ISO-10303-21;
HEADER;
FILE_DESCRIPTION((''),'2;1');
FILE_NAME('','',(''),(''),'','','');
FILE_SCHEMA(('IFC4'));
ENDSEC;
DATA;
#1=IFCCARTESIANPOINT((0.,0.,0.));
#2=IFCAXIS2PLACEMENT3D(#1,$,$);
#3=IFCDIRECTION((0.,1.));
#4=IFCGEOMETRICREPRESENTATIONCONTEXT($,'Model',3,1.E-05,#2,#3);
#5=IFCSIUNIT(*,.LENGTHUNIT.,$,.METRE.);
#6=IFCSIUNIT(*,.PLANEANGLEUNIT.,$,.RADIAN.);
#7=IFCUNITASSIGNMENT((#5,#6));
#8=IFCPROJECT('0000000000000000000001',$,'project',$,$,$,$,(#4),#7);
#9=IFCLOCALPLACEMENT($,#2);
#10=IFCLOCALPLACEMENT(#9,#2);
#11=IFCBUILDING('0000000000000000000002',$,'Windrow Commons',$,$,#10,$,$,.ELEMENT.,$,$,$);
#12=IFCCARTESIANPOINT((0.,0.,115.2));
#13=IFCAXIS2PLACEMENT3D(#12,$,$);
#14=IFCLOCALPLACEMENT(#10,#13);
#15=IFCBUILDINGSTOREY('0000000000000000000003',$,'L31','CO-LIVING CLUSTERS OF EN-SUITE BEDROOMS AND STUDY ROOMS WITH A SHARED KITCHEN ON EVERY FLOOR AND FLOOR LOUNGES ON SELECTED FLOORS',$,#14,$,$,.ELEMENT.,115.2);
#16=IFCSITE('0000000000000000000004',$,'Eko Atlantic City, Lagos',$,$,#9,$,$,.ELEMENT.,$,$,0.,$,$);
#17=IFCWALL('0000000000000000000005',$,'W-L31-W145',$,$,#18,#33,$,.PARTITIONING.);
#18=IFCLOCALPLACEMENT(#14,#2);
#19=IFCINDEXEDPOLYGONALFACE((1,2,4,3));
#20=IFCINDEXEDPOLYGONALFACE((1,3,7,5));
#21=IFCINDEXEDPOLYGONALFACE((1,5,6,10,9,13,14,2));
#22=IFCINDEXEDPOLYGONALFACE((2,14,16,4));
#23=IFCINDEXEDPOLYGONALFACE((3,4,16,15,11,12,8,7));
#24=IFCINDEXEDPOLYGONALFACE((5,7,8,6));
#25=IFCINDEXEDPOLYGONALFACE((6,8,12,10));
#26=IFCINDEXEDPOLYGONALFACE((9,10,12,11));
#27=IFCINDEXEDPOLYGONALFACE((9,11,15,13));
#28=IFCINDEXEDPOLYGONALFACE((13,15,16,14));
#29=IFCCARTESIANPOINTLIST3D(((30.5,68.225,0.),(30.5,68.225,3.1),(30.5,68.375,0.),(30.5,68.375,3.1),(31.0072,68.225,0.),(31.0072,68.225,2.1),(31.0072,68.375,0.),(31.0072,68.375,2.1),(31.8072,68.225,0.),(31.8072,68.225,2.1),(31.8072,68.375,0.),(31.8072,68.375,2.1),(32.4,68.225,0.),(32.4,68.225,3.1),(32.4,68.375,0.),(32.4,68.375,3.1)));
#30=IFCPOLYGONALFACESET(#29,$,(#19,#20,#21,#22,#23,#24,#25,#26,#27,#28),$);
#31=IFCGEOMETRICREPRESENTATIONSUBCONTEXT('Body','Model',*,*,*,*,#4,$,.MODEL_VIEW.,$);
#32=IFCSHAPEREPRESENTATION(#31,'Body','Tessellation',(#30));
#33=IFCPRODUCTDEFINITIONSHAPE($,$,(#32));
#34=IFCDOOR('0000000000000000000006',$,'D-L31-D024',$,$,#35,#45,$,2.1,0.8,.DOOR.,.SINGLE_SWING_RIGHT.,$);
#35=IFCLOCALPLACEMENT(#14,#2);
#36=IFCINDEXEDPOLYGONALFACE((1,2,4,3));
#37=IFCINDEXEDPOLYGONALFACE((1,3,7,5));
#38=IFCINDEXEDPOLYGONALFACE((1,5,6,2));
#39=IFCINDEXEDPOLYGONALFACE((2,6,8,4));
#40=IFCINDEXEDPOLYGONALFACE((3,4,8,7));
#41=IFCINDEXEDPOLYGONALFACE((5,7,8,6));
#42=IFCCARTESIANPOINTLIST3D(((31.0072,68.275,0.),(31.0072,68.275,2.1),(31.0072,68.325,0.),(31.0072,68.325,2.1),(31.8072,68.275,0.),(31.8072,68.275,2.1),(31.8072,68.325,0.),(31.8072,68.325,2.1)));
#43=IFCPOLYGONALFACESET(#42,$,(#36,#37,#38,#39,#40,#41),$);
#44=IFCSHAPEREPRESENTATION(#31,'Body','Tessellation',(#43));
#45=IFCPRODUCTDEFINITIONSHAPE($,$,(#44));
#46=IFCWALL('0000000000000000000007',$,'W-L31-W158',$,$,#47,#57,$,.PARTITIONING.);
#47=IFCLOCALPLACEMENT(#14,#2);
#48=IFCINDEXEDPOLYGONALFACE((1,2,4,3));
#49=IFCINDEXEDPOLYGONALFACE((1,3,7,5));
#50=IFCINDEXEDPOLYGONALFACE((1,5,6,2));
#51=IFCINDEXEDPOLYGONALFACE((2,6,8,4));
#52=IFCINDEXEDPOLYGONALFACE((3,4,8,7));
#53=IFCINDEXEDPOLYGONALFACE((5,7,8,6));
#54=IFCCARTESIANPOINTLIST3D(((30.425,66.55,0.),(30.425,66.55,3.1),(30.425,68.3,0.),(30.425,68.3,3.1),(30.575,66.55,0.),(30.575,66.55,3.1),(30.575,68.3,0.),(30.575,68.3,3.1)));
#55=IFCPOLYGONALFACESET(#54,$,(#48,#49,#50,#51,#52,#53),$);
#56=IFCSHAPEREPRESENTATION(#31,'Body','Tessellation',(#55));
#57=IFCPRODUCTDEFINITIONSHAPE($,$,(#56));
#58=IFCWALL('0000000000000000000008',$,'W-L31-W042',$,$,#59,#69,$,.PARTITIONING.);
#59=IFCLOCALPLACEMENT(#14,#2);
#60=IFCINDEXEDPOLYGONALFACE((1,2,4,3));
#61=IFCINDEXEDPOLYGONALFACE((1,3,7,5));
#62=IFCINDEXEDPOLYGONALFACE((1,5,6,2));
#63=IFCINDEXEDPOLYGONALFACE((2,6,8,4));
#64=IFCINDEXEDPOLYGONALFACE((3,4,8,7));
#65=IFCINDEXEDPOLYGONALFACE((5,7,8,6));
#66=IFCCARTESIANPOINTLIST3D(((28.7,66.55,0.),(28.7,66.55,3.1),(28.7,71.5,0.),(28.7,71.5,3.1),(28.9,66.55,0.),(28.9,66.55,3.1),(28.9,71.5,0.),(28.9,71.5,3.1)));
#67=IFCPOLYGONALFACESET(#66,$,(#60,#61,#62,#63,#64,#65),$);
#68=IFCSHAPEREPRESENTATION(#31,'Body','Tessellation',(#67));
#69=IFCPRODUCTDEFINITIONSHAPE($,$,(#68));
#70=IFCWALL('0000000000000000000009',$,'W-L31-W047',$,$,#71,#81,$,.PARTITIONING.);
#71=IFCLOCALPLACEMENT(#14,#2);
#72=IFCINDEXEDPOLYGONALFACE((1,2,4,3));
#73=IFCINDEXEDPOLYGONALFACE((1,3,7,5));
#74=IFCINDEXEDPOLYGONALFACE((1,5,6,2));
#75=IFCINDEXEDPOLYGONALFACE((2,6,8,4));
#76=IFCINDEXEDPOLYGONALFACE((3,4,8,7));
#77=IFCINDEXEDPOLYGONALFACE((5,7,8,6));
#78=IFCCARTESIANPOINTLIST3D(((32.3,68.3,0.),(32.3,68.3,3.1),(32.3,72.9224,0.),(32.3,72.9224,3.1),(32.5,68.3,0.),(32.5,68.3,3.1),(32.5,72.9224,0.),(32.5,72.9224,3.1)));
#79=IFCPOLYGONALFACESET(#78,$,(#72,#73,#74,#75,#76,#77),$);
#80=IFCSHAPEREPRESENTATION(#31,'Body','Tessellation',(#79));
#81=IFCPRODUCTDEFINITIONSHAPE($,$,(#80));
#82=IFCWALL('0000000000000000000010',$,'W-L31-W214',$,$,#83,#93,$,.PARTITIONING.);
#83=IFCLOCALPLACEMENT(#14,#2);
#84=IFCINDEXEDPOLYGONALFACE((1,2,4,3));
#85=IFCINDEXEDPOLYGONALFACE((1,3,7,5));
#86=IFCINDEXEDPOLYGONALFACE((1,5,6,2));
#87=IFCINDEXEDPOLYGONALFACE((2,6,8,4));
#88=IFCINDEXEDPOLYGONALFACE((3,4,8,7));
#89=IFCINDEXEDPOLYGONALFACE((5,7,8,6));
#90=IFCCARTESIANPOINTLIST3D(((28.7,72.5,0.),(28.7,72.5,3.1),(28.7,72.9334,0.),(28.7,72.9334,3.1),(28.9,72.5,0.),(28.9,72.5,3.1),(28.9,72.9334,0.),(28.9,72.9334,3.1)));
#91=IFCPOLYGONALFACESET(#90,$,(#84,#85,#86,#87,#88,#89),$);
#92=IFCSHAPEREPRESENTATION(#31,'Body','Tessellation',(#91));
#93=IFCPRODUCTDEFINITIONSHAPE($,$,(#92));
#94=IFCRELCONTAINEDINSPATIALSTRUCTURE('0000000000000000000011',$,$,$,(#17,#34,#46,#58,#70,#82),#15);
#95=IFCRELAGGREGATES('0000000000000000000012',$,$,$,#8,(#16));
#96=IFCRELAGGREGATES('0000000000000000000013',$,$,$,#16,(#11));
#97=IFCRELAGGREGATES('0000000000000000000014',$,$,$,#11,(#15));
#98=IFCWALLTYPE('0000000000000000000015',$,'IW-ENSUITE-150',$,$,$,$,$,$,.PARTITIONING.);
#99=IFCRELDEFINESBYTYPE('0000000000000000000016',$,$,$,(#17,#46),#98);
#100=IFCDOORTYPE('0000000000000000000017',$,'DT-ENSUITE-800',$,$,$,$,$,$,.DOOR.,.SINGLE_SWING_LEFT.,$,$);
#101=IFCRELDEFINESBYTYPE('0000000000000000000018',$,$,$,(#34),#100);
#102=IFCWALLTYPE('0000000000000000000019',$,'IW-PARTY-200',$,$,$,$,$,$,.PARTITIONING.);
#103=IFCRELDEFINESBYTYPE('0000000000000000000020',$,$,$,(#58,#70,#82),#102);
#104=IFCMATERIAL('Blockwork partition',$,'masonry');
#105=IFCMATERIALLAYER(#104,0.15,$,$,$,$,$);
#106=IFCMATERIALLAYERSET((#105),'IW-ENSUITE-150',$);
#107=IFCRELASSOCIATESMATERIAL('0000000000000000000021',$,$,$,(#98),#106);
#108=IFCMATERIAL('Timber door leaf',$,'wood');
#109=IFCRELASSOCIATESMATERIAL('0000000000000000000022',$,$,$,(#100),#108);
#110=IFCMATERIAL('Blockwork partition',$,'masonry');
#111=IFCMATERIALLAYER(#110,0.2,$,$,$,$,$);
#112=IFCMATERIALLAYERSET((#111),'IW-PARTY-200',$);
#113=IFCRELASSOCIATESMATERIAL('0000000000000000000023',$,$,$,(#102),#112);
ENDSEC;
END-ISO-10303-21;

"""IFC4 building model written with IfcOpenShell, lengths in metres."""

from ifc_helpers import new_model, si_unit, direction, frame, frame_2d, origin, place, context, subcontext, project, spatial, rectangle, extrude, material, layer, layer_set, type_object, element, fill, save


model = new_model("IFC4")

# Units and contexts
model_context = context("Model", 3, precision=1e-05, world=origin(), true_north=direction((0.0, 1.0)))
body_context = subcontext(model_context, "Body", "Model", "MODEL_VIEW")
ifc_project = project(units=[si_unit("LENGTHUNIT", "METRE"), si_unit("PLANEANGLEUNIT", "RADIAN")], contexts=[model_context])

# Site, building, storey
site_placement = place(None, origin())
site = spatial("IfcSite", under=ifc_project, at=site_placement, Name="Eko Atlantic City, Lagos", CompositionType="ELEMENT", RefElevation=0.0)
building_placement = place(site_placement, origin())
building = spatial("IfcBuilding", under=site, at=building_placement, Name="Windrow Commons", CompositionType="ELEMENT")
storey_placement = place(building_placement, frame((0.0, 0.0, 115.2)))
storey = spatial("IfcBuildingStorey", under=building, at=storey_placement, Name="L31", Description="CO-LIVING CLUSTERS OF EN-SUITE BEDROOMS AND STUDY ROOMS WITH A SHARED KITCHEN ON EVERY FLOOR AND FLOOR LOUNGES ON SELECTED FLOORS", CompositionType="ELEMENT", Elevation=115.2)

# Shared definitions
ifc_material_1 = material(Name="Blockwork partition", Category="masonry")
ifc_layer_1 = layer(ifc_material_1, 0.15)
ifc_layer_set_1 = layer_set([ifc_layer_1], Name="IW-ENSUITE-150")
wall_type_1 = type_object("IfcWallType", Name="IW-ENSUITE-150", PredefinedType="PARTITIONING", material=ifc_layer_set_1)

# Wall, opening, door
wall_1_placement = place(storey_placement, frame((30.5, 68.3, 0.0), z_axis=(0.0, 0.0, 1.0), x_axis=(1.0, 0.0, 0.0)))
wall_1 = element("IfcWall", 1, at=wall_1_placement, inside=storey, type_object=wall_type_1, Name="W-L31-W145", PredefinedType="PARTITIONING", context=body_context, shape_type="SweptSolid", body=[
    extrude(rectangle(XDim=1.9, YDim=0.15, at=frame_2d((0.95, 0.0))), origin(), (0.0, 0.0, 1.0), 3.1),
])
opening_1_placement = place(wall_1_placement, frame((0.5072, 0.0, 0.0)))
opening_1 = element("IfcOpeningElement", 2, at=opening_1_placement, cuts=wall_1, PredefinedType="OPENING", context=body_context, shape_type="SweptSolid", body=[
    extrude(rectangle(XDim=0.8, YDim=2.1, at=frame_2d((0.4, 1.05))), frame((0.0, 0.085, 0.0), z_axis=(0.0, -1.0, 0.0), x_axis=(1.0, 0.0, 0.0)), (0.0, 0.0, 1.0), 0.17),
])
ifc_material_2 = material(Name="Timber door leaf", Category="wood")
door_type_1 = type_object("IfcDoorType", Name="DT-ENSUITE-800", OperationType="SINGLE_SWING_LEFT", PredefinedType="DOOR", material=ifc_material_2)
door_1_placement = place(opening_1_placement, origin())
door_1 = element("IfcDoor", 3, at=door_1_placement, inside=storey, type_object=door_type_1, Name="D-L31-D024", OperationType="SINGLE_SWING_RIGHT", OverallHeight=2.1, OverallWidth=0.8, PredefinedType="DOOR", context=body_context, shape_type="SweptSolid", body=[
    extrude(rectangle(XDim=0.8, YDim=2.1, at=frame_2d((0.4, 1.05))), frame((0.0, 0.025, 0.0), z_axis=(0.0, -1.0, 0.0), x_axis=(1.0, 0.0, 0.0)), (0.0, 0.0, 1.0), 0.05),
])
fill(opening_1, door_1)

# Walls
wall_2_placement = place(storey_placement, frame((30.5, 66.55, 0.0), z_axis=(0.0, 0.0, 1.0), x_axis=(0.0, 1.0, 0.0)))
element("IfcWall", 4, at=wall_2_placement, inside=storey, type_object=wall_type_1, Name="W-L31-W158", PredefinedType="PARTITIONING", context=body_context, shape_type="SweptSolid", body=[
    extrude(rectangle(XDim=1.75, YDim=0.15, at=frame_2d((0.875, 0.0))), origin(), (0.0, 0.0, 1.0), 3.1),
])
ifc_material_3 = material(Name="Blockwork partition", Category="masonry")
ifc_layer_2 = layer(ifc_material_3, 0.2)
ifc_layer_set_2 = layer_set([ifc_layer_2], Name="IW-PARTY-200")
wall_type_2 = type_object("IfcWallType", Name="IW-PARTY-200", PredefinedType="PARTITIONING", material=ifc_layer_set_2)
wall_3_placement = place(storey_placement, frame((28.8, 66.55, 0.0), z_axis=(0.0, 0.0, 1.0), x_axis=(0.0, 1.0, 0.0)))
element("IfcWall", 5, at=wall_3_placement, inside=storey, type_object=wall_type_2, Name="W-L31-W042", PredefinedType="PARTITIONING", context=body_context, shape_type="SweptSolid", body=[
    extrude(rectangle(XDim=4.95, YDim=0.2, at=frame_2d((2.475, 0.0))), origin(), (0.0, 0.0, 1.0), 3.1),
])
wall_4_placement = place(storey_placement, frame((32.4, 68.3, 0.0), z_axis=(0.0, 0.0, 1.0), x_axis=(0.0, 1.0, 0.0)))
element("IfcWall", 6, at=wall_4_placement, inside=storey, type_object=wall_type_2, Name="W-L31-W047", PredefinedType="PARTITIONING", context=body_context, shape_type="SweptSolid", body=[
    extrude(rectangle(XDim=4.6225, YDim=0.2, at=frame_2d((2.3112, 0.0))), origin(), (0.0, 0.0, 1.0), 3.1),
])
wall_5_placement = place(storey_placement, frame((28.8, 72.5, 0.0), z_axis=(0.0, 0.0, 1.0), x_axis=(0.0, 1.0, 0.0)))
element("IfcWall", 7, at=wall_5_placement, inside=storey, type_object=wall_type_2, Name="W-L31-W214", PredefinedType="PARTITIONING", context=body_context, shape_type="SweptSolid", body=[
    extrude(rectangle(XDim=0.4333, YDim=0.2, at=frame_2d((0.2167, 0.0))), origin(), (0.0, 0.0, 1.0), 3.1),
])

save(model, "model.ifc")
